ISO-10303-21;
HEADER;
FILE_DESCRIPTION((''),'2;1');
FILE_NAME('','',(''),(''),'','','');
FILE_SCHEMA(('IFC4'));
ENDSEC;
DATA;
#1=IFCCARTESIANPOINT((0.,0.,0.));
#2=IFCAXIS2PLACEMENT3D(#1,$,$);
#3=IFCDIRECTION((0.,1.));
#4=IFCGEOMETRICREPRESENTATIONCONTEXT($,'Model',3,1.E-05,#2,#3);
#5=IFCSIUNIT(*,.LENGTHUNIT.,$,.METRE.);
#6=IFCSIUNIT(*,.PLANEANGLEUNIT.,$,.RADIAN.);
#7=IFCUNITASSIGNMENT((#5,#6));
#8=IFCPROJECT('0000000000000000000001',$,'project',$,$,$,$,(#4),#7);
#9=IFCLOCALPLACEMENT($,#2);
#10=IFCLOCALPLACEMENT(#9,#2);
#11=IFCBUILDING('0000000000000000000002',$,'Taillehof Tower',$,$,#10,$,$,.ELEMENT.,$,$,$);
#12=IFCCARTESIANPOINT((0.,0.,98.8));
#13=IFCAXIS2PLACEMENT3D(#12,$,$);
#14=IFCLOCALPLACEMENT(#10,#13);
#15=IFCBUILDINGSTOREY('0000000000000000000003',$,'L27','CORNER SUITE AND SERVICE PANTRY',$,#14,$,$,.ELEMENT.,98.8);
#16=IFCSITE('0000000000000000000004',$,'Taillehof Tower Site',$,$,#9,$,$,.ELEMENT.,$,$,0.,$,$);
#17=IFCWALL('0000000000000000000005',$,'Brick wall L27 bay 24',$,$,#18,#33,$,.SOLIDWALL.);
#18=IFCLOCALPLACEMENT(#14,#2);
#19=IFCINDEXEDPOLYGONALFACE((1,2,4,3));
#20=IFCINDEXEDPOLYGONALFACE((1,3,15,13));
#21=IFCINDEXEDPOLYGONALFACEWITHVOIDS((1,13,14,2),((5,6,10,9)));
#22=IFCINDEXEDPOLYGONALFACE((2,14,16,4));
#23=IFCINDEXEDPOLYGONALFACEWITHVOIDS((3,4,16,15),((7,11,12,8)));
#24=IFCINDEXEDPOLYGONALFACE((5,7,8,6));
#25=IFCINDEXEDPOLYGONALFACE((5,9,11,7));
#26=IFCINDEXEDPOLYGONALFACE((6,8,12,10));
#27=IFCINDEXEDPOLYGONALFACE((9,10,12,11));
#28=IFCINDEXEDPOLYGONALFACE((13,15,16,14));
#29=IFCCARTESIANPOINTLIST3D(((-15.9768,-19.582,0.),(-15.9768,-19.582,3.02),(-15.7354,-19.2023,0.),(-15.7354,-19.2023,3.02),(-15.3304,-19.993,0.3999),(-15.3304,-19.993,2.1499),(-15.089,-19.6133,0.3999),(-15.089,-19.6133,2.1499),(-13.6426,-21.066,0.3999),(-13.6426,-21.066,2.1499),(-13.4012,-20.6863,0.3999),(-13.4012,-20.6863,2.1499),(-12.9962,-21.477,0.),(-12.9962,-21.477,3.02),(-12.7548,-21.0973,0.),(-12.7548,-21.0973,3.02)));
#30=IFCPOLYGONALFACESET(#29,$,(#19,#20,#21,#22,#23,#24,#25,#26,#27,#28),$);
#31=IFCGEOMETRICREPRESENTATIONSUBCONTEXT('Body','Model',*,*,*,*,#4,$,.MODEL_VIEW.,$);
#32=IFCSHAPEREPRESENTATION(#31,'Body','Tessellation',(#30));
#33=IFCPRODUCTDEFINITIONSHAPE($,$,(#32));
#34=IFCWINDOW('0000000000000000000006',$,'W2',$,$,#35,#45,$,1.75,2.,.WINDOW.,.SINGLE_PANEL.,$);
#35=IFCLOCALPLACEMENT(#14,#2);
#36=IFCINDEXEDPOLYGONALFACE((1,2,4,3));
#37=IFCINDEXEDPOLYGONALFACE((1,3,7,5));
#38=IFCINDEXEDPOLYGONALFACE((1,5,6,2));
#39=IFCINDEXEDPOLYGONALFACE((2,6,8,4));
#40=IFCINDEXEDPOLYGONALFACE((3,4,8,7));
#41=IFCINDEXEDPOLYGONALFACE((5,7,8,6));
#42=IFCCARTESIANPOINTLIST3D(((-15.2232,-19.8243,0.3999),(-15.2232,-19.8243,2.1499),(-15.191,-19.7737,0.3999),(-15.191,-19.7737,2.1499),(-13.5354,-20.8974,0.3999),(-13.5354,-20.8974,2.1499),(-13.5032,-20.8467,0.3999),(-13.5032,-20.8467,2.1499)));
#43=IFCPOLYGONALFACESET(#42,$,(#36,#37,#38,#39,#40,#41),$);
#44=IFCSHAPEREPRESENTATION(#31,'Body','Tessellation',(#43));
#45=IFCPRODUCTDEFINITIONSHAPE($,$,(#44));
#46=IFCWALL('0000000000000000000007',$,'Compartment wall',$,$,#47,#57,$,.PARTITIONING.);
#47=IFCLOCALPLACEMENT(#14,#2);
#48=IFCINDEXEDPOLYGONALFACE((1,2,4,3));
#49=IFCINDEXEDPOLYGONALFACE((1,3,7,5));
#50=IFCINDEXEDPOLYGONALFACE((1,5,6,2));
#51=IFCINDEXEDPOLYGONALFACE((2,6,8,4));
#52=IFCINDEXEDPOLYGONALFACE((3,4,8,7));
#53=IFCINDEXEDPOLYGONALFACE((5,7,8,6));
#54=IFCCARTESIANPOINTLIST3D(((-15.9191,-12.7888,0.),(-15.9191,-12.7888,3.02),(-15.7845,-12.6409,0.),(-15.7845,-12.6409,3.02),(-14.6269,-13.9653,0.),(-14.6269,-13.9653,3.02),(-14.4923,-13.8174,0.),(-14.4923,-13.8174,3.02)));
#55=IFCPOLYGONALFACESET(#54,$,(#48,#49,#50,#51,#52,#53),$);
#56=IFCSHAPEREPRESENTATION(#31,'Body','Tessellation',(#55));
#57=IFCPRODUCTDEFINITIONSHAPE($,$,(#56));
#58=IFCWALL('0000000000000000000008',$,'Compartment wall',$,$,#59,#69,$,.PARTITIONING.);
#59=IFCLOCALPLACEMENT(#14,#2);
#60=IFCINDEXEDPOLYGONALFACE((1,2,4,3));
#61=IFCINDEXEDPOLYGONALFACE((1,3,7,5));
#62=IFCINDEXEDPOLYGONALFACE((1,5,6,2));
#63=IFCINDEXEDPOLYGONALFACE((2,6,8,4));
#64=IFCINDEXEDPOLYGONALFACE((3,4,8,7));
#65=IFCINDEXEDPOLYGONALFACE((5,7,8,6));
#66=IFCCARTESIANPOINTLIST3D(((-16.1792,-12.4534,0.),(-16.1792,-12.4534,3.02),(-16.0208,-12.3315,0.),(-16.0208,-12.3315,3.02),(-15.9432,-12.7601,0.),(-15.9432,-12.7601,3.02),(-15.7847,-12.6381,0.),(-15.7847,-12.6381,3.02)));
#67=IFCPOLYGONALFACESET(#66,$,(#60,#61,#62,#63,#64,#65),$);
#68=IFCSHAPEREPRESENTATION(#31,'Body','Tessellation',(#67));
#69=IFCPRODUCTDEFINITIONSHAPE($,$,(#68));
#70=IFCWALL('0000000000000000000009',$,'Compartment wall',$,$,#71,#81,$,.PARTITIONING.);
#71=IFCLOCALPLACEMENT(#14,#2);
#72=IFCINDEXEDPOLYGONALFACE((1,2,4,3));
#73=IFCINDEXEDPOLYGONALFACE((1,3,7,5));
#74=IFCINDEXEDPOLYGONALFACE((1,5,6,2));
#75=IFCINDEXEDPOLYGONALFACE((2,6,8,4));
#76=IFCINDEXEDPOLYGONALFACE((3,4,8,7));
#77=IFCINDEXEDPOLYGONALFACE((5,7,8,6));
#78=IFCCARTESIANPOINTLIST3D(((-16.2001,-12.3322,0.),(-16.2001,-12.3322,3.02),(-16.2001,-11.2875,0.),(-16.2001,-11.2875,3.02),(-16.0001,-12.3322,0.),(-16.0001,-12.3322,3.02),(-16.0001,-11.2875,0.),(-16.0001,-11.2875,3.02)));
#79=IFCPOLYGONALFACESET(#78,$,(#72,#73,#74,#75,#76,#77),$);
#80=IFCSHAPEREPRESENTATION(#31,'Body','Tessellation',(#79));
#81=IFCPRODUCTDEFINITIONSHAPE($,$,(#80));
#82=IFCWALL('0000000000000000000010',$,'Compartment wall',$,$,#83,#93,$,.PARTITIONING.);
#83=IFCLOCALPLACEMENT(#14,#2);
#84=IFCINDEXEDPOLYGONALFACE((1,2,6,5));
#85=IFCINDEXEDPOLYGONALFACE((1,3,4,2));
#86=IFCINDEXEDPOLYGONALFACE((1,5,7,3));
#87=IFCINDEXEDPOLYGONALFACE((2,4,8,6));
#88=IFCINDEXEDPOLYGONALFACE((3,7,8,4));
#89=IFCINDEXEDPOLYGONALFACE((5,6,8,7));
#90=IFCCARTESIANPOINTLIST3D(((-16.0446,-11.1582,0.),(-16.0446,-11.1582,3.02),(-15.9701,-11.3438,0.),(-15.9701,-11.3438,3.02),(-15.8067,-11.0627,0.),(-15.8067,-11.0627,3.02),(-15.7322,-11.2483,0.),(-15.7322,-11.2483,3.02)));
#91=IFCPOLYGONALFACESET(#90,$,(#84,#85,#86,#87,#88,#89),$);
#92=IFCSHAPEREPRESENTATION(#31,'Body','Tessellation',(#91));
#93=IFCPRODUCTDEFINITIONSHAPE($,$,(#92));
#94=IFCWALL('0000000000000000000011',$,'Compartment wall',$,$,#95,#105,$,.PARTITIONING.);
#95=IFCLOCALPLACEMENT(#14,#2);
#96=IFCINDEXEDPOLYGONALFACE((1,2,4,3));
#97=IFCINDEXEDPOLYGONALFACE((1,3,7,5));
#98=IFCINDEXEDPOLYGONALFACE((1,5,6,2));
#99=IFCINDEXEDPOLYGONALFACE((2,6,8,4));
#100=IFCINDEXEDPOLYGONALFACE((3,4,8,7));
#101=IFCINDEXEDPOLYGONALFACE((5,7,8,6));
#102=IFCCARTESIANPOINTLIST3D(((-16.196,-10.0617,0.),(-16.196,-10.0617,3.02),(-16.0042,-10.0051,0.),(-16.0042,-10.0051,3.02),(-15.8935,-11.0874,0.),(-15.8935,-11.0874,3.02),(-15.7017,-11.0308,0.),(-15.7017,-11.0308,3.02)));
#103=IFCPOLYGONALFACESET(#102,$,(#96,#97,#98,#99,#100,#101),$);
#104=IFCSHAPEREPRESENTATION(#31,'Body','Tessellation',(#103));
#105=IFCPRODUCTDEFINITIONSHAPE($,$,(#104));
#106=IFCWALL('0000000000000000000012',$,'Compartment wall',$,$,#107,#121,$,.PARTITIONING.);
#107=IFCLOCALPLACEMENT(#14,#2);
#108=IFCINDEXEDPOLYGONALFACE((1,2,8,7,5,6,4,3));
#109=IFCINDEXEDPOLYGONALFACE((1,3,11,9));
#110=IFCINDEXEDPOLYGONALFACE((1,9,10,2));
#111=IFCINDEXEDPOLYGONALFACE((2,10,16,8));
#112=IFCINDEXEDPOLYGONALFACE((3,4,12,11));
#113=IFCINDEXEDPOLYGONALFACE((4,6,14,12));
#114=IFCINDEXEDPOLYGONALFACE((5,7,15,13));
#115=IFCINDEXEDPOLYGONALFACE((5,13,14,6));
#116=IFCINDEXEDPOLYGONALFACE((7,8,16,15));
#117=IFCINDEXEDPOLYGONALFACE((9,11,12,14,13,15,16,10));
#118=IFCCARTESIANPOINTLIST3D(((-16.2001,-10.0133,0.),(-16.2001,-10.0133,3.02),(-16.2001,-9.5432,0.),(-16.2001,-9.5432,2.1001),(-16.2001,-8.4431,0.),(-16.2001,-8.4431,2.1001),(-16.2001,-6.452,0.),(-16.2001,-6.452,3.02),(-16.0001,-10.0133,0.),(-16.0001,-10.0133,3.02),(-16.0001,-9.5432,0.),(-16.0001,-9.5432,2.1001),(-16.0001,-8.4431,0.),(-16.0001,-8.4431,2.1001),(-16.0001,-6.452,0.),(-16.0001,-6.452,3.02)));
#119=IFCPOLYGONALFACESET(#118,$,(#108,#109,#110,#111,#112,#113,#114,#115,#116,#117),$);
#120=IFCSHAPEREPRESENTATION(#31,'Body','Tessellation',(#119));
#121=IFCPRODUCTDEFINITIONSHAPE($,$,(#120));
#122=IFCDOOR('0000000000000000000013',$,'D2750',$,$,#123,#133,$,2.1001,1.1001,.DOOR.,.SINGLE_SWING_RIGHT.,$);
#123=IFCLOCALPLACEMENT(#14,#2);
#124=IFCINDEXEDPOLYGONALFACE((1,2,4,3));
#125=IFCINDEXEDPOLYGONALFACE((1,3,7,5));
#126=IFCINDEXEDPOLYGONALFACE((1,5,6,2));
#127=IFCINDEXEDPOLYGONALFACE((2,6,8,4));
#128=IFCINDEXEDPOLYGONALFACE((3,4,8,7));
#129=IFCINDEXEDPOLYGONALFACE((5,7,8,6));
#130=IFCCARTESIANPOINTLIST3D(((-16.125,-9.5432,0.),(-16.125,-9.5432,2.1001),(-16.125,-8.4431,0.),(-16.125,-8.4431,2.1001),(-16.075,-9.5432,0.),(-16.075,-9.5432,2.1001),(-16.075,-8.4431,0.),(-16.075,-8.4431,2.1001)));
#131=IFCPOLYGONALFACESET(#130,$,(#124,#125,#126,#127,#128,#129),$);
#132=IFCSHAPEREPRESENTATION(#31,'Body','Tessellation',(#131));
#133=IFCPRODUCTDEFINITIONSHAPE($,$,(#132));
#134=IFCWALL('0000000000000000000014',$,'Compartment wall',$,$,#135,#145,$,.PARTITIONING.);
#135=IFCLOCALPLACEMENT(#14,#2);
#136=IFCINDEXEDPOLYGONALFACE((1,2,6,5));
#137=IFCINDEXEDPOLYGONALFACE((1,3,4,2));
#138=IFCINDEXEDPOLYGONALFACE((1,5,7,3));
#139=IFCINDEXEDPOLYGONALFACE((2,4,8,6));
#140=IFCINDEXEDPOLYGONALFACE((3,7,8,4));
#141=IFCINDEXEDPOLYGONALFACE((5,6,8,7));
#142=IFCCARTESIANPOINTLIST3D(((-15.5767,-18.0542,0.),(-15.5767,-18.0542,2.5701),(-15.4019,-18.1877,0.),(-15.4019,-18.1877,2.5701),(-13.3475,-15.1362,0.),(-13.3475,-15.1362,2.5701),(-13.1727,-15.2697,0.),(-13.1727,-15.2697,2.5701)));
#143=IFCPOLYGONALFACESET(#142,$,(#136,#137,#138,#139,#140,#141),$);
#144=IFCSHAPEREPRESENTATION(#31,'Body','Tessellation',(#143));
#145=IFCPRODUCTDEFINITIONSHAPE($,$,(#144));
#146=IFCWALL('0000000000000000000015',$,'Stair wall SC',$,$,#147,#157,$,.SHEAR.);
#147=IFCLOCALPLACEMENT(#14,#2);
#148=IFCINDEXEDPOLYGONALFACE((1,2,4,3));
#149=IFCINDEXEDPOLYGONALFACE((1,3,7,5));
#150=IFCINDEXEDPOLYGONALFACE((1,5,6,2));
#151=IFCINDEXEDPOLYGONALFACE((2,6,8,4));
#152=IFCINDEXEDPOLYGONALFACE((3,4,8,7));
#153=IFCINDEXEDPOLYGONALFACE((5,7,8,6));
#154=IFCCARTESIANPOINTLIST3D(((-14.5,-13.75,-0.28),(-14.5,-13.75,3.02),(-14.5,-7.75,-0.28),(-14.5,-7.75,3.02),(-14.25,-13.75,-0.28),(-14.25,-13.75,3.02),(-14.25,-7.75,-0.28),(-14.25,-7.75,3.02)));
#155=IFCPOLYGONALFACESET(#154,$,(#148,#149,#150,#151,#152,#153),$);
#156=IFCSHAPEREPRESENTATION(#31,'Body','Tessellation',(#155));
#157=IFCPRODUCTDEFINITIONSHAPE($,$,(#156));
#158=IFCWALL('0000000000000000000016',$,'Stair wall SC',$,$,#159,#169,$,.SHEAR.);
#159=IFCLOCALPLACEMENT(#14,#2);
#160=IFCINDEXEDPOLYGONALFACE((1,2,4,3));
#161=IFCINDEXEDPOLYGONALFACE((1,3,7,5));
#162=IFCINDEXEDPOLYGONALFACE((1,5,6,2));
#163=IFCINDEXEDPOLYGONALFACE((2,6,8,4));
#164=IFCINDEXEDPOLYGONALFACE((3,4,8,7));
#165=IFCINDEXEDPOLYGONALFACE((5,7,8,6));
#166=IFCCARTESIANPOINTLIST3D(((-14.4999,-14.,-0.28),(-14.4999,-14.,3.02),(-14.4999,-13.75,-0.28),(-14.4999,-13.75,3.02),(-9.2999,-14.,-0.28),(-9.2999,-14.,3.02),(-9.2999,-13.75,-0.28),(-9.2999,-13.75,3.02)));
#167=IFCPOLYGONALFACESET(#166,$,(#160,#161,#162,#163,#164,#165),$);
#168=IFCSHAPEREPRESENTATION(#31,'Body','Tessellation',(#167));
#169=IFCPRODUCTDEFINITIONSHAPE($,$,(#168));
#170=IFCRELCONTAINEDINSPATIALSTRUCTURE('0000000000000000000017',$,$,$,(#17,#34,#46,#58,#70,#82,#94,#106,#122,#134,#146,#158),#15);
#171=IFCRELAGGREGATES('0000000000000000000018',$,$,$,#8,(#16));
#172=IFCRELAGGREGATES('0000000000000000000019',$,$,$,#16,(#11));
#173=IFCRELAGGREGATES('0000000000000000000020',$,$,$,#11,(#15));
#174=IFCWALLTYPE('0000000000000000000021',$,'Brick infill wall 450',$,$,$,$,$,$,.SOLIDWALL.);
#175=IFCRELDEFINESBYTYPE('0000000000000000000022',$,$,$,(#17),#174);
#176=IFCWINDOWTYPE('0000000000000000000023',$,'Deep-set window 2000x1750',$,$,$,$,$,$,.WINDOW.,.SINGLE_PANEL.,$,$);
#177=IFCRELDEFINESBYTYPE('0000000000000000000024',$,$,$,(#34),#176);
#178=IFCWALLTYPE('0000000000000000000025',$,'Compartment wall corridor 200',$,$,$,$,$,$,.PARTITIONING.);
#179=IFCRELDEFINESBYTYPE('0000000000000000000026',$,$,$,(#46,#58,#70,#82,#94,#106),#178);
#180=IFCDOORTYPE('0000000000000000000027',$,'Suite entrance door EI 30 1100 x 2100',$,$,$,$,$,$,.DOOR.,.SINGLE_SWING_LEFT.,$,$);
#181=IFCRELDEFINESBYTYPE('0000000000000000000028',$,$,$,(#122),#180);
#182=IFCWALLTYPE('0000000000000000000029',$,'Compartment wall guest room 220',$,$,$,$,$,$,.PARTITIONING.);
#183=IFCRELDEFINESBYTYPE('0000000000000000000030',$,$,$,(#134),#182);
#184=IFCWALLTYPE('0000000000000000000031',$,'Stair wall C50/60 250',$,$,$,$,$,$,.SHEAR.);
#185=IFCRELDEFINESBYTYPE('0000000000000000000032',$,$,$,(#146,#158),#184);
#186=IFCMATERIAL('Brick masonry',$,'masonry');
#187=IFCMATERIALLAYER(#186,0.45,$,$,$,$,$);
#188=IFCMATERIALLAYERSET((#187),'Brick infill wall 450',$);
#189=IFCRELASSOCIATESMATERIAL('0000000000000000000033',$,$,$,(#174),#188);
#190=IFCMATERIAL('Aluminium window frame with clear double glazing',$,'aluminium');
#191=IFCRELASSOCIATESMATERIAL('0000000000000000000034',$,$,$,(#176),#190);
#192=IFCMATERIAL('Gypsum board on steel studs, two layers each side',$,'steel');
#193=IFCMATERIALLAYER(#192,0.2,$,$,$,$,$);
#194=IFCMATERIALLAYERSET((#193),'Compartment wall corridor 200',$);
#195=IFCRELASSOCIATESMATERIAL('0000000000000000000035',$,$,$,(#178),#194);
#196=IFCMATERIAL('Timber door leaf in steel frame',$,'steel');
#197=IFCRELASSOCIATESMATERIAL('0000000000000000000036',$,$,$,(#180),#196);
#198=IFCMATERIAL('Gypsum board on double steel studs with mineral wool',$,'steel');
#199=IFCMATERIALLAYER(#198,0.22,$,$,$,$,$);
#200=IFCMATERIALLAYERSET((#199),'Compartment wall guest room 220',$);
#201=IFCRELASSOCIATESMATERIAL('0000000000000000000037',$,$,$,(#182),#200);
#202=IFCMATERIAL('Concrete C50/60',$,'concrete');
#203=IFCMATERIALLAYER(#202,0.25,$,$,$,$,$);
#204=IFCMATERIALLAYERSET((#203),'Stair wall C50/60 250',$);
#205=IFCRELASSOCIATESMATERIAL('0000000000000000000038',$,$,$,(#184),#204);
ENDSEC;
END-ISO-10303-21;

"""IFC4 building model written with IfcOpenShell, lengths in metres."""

from ifc_helpers import new_model, si_unit, direction, frame, frame_2d, origin, place, context, subcontext, project, spatial, rectangle, extrude, material, layer, layer_set, type_object, element, fill, save


model = new_model("IFC4")

# Units and contexts
model_context = context("Model", 3, precision=1e-05, world=origin(), true_north=direction((0.0, 1.0)))
body_context = subcontext(model_context, "Body", "Model", "MODEL_VIEW")
ifc_project = project(units=[si_unit("LENGTHUNIT", "METRE"), si_unit("PLANEANGLEUNIT", "RADIAN")], contexts=[model_context])

# Site, building, storey
site_placement = place(None, origin())
site = spatial("IfcSite", under=ifc_project, at=site_placement, Name="Taillehof Tower Site", CompositionType="ELEMENT", RefElevation=0.0)
building_placement = place(site_placement, origin())
building = spatial("IfcBuilding", under=site, at=building_placement, Name="Taillehof Tower", CompositionType="ELEMENT")
storey_placement = place(building_placement, frame((0.0, 0.0, 98.8)))
storey = spatial("IfcBuildingStorey", under=building, at=storey_placement, Name="L27", Description="CORNER SUITE AND SERVICE PANTRY", CompositionType="ELEMENT", Elevation=98.8)

# Wall, opening, window
ifc_material_1 = material(Name="Brick masonry", Category="masonry")
ifc_layer_1 = layer(ifc_material_1, 0.45)
ifc_layer_set_1 = layer_set([ifc_layer_1], Name="Brick infill wall 450")
wall_type_1 = type_object("IfcWallType", Name="Brick infill wall 450", PredefinedType="SOLIDWALL", material=ifc_layer_set_1)
ifc_material_2 = material(Name="Aluminium window frame with clear double glazing", Category="aluminium")
window_type = type_object("IfcWindowType", Name="Deep-set window 2000x1750", PartitioningType="SINGLE_PANEL", PredefinedType="WINDOW", material=ifc_material_2)
wall_1_placement = place(storey_placement, frame((-15.8562, -19.3921, 0.0), z_axis=(0.0, 0.0, 1.0), x_axis=(0.843892, -0.536513, 0.0)))
wall_1 = element("IfcWall", 1, at=wall_1_placement, inside=storey, type_object=wall_type_1, Name="Brick wall L27 bay 24", PredefinedType="SOLIDWALL", context=body_context, shape_type="SweptSolid", body=[
    extrude(rectangle(XDim=3.532, YDim=0.45, at=frame_2d((1.7661, 0.0))), origin(), (0.0, 0.0, 1.0), 3.02),
])
opening_1_placement = place(wall_1_placement, frame((0.7661, 0.0, 0.3999)))
opening_1 = element("IfcOpeningElement", 2, at=opening_1_placement, cuts=wall_1, PredefinedType="OPENING", context=body_context, shape_type="SweptSolid", body=[
    extrude(rectangle(XDim=2.0, YDim=1.75, at=frame_2d((1.0, 0.875))), frame((0.0, 0.2349, 0.0), z_axis=(0.0, -1.0, 0.0), x_axis=(1.0, 0.0, 0.0)), (0.0, 0.0, 1.0), 0.47),
])
window_1_placement = place(opening_1_placement, origin())
window_1 = element("IfcWindow", 3, at=window_1_placement, inside=storey, type_object=window_type, Name="W2", OverallHeight=1.75, OverallWidth=2.0, PartitioningType="SINGLE_PANEL", PredefinedType="WINDOW", context=body_context, shape_type="SweptSolid", body=[
    extrude(rectangle(XDim=2.0, YDim=1.75, at=frame_2d((1.0, 0.875))), frame((0.0, 0.0349, 0.0), z_axis=(0.0, -1.0, 0.0), x_axis=(1.0, 0.0, 0.0)), (0.0, 0.0, 1.0), 0.0601),
])
fill(opening_1, window_1)

# Walls
ifc_material_3 = material(Name="Gypsum board on steel studs, two layers each side", Category="steel")
ifc_layer_2 = layer(ifc_material_3, 0.2)
ifc_layer_set_2 = layer_set([ifc_layer_2], Name="Compartment wall corridor 200")
wall_type_2 = type_object("IfcWallType", Name="Compartment wall corridor 200", PredefinedType="PARTITIONING", material=ifc_layer_set_2)
wall_2_placement = place(storey_placement, frame((-14.5596, -13.8914, 0.0), z_axis=(0.0, 0.0, 1.0), x_axis=(-0.73944, 0.673222, 0.0)))
element("IfcWall", 4, at=wall_2_placement, inside=storey, type_object=wall_type_2, Name="Compartment wall", PredefinedType="PARTITIONING", context=body_context, shape_type="SweptSolid", body=[
    extrude(rectangle(XDim=1.7476, YDim=0.2, at=frame_2d((0.8738, 0.0))), origin(), (0.0, 0.0, 1.0), 3.02),
])
wall_3_placement = place(storey_placement, frame((-15.864, -12.699, 0.0), z_axis=(0.0, 0.0, 1.0), x_axis=(-0.610046, 0.792366, 0.0)))
element("IfcWall", 5, at=wall_3_placement, inside=storey, type_object=wall_type_2, Name="Compartment wall", PredefinedType="PARTITIONING", context=body_context, shape_type="SweptSolid", body=[
    extrude(rectangle(XDim=0.387, YDim=0.2, at=frame_2d((0.1934, 0.0))), origin(), (0.0, 0.0, 1.0), 3.02),
])
wall_4_placement = place(storey_placement, frame((-16.1001, -12.3323, 0.0), z_axis=(0.0, 0.0, 1.0), x_axis=(0.0, 1.0, 0.0)))
element("IfcWall", 6, at=wall_4_placement, inside=storey, type_object=wall_type_2, Name="Compartment wall", PredefinedType="PARTITIONING", context=body_context, shape_type="SweptSolid", body=[
    extrude(rectangle(XDim=1.0447, YDim=0.2, at=frame_2d((0.5225, 0.0))), origin(), (0.0, 0.0, 1.0), 3.02),
])
wall_5_placement = place(storey_placement, frame((-16.0073, -11.251, 0.0), z_axis=(0.0, 0.0, 1.0), x_axis=(0.928016, 0.37254, 0.0)))
element("IfcWall", 7, at=wall_5_placement, inside=storey, type_object=wall_type_2, Name="Compartment wall", PredefinedType="PARTITIONING", context=body_context, shape_type="SweptSolid", body=[
    extrude(rectangle(XDim=0.2563, YDim=0.2, at=frame_2d((0.1282, 0.0))), origin(), (0.0, 0.0, 1.0), 3.02),
])
wall_6_placement = place(storey_placement, frame((-15.7976, -11.0591, 0.0), z_axis=(0.0, 0.0, 1.0), x_axis=(-0.282883, 0.959154, 0.0)))
element("IfcWall", 8, at=wall_6_placement, inside=storey, type_object=wall_type_2, Name="Compartment wall", PredefinedType="PARTITIONING", context=body_context, shape_type="SweptSolid", body=[
    extrude(rectangle(XDim=1.0693, YDim=0.2, at=frame_2d((0.5347, 0.0))), origin(), (0.0, 0.0, 1.0), 3.02),
])

# Wall, opening, door
wall_7_placement = place(storey_placement, frame((-16.1001, -10.0134, 0.0), z_axis=(0.0, 0.0, 1.0), x_axis=(0.0, 1.0, 0.0)))
wall_7 = element("IfcWall", 9, at=wall_7_placement, inside=storey, type_object=wall_type_2, Name="Compartment wall", PredefinedType="PARTITIONING", context=body_context, shape_type="SweptSolid", body=[
    extrude(rectangle(XDim=3.5613, YDim=0.2, at=frame_2d((1.7808, 0.0))), origin(), (0.0, 0.0, 1.0), 3.02),
])
opening_2_placement = place(wall_7_placement, frame((0.4702, 0.0, 0.0)))
opening_2 = element("IfcOpeningElement", 10, at=opening_2_placement, cuts=wall_7, PredefinedType="OPENING", context=body_context, shape_type="SweptSolid", body=[
    extrude(rectangle(XDim=1.1001, YDim=2.1001, at=frame_2d((0.55, 1.05))), frame((0.0, 0.1099, 0.0), z_axis=(0.0, -1.0, 0.0), x_axis=(1.0, 0.0, 0.0)), (0.0, 0.0, 1.0), 0.22),
])
ifc_material_4 = material(Name="Timber door leaf in steel frame", Category="steel")
door_type = type_object("IfcDoorType", Name="Suite entrance door EI 30 1100 x 2100", OperationType="SINGLE_SWING_LEFT", PredefinedType="DOOR", material=ifc_material_4)
door_placement = place(opening_2_placement, origin())
door = element("IfcDoor", 11, at=door_placement, inside=storey, type_object=door_type, Name="D2750", OperationType="SINGLE_SWING_RIGHT", OverallHeight=2.1001, OverallWidth=1.1001, PredefinedType="DOOR", context=body_context, shape_type="SweptSolid", body=[
    extrude(rectangle(XDim=1.1001, YDim=2.1001, at=frame_2d((0.55, 1.05))), frame((0.0, 0.0249, 0.0), z_axis=(0.0, -1.0, 0.0), x_axis=(1.0, 0.0, 0.0)), (0.0, 0.0, 1.0), 0.05),
])
fill(opening_2, door)

# Walls
ifc_material_5 = material(Name="Gypsum board on double steel studs with mineral wool", Category="steel")
ifc_layer_3 = layer(ifc_material_5, 0.22)
ifc_layer_set_3 = layer_set([ifc_layer_3], Name="Compartment wall guest room 220")
wall_type_3 = type_object("IfcWallType", Name="Compartment wall guest room 220", PredefinedType="PARTITIONING", material=ifc_layer_set_3)
wall_8_placement = place(storey_placement, frame((-15.4893, -18.1208, 0.0), z_axis=(0.0, 0.0, 1.0), x_axis=(0.607082, 0.794639, 0.0)))
element("IfcWall", 12, at=wall_8_placement, inside=storey, type_object=wall_type_3, Name="Compartment wall", PredefinedType="PARTITIONING", context=body_context, shape_type="SweptSolid", body=[
    extrude(rectangle(XDim=3.6721, YDim=0.22, at=frame_2d((1.8359, 0.0))), origin(), (0.0, 0.0, 1.0), 2.5701),
])
ifc_material_6 = material(Name="Concrete C50/60", Category="concrete")
ifc_layer_4 = layer(ifc_material_6, 0.25)
ifc_layer_set_4 = layer_set([ifc_layer_4], Name="Stair wall C50/60 250")
wall_type_4 = type_object("IfcWallType", Name="Stair wall C50/60 250", PredefinedType="SHEAR", material=ifc_layer_set_4)
wall_9_placement = place(storey_placement, frame((-14.375, -13.75, -0.28), z_axis=(0.0, 0.0, 1.0), x_axis=(0.0, 1.0, 0.0)))
element("IfcWall", 13, at=wall_9_placement, inside=storey, type_object=wall_type_4, Name="Stair wall SC", PredefinedType="SHEAR", context=body_context, shape_type="SweptSolid", body=[
    extrude(rectangle(XDim=6.0, YDim=0.25, at=frame_2d((3.0, 0.0))), origin(), (0.0, 0.0, 1.0), 3.3),
])
wall_10_placement = place(storey_placement, frame((-14.5, -13.875, -0.28), z_axis=(0.0, 0.0, 1.0), x_axis=(1.0, 0.0, 0.0)))
element("IfcWall", 14, at=wall_10_placement, inside=storey, type_object=wall_type_4, Name="Stair wall SC", PredefinedType="SHEAR", context=body_context, shape_type="SweptSolid", body=[
    extrude(rectangle(XDim=5.2, YDim=0.25, at=frame_2d((2.6001, 0.0))), origin(), (0.0, 0.0, 1.0), 3.3),
])

save(model, "model.ifc")
